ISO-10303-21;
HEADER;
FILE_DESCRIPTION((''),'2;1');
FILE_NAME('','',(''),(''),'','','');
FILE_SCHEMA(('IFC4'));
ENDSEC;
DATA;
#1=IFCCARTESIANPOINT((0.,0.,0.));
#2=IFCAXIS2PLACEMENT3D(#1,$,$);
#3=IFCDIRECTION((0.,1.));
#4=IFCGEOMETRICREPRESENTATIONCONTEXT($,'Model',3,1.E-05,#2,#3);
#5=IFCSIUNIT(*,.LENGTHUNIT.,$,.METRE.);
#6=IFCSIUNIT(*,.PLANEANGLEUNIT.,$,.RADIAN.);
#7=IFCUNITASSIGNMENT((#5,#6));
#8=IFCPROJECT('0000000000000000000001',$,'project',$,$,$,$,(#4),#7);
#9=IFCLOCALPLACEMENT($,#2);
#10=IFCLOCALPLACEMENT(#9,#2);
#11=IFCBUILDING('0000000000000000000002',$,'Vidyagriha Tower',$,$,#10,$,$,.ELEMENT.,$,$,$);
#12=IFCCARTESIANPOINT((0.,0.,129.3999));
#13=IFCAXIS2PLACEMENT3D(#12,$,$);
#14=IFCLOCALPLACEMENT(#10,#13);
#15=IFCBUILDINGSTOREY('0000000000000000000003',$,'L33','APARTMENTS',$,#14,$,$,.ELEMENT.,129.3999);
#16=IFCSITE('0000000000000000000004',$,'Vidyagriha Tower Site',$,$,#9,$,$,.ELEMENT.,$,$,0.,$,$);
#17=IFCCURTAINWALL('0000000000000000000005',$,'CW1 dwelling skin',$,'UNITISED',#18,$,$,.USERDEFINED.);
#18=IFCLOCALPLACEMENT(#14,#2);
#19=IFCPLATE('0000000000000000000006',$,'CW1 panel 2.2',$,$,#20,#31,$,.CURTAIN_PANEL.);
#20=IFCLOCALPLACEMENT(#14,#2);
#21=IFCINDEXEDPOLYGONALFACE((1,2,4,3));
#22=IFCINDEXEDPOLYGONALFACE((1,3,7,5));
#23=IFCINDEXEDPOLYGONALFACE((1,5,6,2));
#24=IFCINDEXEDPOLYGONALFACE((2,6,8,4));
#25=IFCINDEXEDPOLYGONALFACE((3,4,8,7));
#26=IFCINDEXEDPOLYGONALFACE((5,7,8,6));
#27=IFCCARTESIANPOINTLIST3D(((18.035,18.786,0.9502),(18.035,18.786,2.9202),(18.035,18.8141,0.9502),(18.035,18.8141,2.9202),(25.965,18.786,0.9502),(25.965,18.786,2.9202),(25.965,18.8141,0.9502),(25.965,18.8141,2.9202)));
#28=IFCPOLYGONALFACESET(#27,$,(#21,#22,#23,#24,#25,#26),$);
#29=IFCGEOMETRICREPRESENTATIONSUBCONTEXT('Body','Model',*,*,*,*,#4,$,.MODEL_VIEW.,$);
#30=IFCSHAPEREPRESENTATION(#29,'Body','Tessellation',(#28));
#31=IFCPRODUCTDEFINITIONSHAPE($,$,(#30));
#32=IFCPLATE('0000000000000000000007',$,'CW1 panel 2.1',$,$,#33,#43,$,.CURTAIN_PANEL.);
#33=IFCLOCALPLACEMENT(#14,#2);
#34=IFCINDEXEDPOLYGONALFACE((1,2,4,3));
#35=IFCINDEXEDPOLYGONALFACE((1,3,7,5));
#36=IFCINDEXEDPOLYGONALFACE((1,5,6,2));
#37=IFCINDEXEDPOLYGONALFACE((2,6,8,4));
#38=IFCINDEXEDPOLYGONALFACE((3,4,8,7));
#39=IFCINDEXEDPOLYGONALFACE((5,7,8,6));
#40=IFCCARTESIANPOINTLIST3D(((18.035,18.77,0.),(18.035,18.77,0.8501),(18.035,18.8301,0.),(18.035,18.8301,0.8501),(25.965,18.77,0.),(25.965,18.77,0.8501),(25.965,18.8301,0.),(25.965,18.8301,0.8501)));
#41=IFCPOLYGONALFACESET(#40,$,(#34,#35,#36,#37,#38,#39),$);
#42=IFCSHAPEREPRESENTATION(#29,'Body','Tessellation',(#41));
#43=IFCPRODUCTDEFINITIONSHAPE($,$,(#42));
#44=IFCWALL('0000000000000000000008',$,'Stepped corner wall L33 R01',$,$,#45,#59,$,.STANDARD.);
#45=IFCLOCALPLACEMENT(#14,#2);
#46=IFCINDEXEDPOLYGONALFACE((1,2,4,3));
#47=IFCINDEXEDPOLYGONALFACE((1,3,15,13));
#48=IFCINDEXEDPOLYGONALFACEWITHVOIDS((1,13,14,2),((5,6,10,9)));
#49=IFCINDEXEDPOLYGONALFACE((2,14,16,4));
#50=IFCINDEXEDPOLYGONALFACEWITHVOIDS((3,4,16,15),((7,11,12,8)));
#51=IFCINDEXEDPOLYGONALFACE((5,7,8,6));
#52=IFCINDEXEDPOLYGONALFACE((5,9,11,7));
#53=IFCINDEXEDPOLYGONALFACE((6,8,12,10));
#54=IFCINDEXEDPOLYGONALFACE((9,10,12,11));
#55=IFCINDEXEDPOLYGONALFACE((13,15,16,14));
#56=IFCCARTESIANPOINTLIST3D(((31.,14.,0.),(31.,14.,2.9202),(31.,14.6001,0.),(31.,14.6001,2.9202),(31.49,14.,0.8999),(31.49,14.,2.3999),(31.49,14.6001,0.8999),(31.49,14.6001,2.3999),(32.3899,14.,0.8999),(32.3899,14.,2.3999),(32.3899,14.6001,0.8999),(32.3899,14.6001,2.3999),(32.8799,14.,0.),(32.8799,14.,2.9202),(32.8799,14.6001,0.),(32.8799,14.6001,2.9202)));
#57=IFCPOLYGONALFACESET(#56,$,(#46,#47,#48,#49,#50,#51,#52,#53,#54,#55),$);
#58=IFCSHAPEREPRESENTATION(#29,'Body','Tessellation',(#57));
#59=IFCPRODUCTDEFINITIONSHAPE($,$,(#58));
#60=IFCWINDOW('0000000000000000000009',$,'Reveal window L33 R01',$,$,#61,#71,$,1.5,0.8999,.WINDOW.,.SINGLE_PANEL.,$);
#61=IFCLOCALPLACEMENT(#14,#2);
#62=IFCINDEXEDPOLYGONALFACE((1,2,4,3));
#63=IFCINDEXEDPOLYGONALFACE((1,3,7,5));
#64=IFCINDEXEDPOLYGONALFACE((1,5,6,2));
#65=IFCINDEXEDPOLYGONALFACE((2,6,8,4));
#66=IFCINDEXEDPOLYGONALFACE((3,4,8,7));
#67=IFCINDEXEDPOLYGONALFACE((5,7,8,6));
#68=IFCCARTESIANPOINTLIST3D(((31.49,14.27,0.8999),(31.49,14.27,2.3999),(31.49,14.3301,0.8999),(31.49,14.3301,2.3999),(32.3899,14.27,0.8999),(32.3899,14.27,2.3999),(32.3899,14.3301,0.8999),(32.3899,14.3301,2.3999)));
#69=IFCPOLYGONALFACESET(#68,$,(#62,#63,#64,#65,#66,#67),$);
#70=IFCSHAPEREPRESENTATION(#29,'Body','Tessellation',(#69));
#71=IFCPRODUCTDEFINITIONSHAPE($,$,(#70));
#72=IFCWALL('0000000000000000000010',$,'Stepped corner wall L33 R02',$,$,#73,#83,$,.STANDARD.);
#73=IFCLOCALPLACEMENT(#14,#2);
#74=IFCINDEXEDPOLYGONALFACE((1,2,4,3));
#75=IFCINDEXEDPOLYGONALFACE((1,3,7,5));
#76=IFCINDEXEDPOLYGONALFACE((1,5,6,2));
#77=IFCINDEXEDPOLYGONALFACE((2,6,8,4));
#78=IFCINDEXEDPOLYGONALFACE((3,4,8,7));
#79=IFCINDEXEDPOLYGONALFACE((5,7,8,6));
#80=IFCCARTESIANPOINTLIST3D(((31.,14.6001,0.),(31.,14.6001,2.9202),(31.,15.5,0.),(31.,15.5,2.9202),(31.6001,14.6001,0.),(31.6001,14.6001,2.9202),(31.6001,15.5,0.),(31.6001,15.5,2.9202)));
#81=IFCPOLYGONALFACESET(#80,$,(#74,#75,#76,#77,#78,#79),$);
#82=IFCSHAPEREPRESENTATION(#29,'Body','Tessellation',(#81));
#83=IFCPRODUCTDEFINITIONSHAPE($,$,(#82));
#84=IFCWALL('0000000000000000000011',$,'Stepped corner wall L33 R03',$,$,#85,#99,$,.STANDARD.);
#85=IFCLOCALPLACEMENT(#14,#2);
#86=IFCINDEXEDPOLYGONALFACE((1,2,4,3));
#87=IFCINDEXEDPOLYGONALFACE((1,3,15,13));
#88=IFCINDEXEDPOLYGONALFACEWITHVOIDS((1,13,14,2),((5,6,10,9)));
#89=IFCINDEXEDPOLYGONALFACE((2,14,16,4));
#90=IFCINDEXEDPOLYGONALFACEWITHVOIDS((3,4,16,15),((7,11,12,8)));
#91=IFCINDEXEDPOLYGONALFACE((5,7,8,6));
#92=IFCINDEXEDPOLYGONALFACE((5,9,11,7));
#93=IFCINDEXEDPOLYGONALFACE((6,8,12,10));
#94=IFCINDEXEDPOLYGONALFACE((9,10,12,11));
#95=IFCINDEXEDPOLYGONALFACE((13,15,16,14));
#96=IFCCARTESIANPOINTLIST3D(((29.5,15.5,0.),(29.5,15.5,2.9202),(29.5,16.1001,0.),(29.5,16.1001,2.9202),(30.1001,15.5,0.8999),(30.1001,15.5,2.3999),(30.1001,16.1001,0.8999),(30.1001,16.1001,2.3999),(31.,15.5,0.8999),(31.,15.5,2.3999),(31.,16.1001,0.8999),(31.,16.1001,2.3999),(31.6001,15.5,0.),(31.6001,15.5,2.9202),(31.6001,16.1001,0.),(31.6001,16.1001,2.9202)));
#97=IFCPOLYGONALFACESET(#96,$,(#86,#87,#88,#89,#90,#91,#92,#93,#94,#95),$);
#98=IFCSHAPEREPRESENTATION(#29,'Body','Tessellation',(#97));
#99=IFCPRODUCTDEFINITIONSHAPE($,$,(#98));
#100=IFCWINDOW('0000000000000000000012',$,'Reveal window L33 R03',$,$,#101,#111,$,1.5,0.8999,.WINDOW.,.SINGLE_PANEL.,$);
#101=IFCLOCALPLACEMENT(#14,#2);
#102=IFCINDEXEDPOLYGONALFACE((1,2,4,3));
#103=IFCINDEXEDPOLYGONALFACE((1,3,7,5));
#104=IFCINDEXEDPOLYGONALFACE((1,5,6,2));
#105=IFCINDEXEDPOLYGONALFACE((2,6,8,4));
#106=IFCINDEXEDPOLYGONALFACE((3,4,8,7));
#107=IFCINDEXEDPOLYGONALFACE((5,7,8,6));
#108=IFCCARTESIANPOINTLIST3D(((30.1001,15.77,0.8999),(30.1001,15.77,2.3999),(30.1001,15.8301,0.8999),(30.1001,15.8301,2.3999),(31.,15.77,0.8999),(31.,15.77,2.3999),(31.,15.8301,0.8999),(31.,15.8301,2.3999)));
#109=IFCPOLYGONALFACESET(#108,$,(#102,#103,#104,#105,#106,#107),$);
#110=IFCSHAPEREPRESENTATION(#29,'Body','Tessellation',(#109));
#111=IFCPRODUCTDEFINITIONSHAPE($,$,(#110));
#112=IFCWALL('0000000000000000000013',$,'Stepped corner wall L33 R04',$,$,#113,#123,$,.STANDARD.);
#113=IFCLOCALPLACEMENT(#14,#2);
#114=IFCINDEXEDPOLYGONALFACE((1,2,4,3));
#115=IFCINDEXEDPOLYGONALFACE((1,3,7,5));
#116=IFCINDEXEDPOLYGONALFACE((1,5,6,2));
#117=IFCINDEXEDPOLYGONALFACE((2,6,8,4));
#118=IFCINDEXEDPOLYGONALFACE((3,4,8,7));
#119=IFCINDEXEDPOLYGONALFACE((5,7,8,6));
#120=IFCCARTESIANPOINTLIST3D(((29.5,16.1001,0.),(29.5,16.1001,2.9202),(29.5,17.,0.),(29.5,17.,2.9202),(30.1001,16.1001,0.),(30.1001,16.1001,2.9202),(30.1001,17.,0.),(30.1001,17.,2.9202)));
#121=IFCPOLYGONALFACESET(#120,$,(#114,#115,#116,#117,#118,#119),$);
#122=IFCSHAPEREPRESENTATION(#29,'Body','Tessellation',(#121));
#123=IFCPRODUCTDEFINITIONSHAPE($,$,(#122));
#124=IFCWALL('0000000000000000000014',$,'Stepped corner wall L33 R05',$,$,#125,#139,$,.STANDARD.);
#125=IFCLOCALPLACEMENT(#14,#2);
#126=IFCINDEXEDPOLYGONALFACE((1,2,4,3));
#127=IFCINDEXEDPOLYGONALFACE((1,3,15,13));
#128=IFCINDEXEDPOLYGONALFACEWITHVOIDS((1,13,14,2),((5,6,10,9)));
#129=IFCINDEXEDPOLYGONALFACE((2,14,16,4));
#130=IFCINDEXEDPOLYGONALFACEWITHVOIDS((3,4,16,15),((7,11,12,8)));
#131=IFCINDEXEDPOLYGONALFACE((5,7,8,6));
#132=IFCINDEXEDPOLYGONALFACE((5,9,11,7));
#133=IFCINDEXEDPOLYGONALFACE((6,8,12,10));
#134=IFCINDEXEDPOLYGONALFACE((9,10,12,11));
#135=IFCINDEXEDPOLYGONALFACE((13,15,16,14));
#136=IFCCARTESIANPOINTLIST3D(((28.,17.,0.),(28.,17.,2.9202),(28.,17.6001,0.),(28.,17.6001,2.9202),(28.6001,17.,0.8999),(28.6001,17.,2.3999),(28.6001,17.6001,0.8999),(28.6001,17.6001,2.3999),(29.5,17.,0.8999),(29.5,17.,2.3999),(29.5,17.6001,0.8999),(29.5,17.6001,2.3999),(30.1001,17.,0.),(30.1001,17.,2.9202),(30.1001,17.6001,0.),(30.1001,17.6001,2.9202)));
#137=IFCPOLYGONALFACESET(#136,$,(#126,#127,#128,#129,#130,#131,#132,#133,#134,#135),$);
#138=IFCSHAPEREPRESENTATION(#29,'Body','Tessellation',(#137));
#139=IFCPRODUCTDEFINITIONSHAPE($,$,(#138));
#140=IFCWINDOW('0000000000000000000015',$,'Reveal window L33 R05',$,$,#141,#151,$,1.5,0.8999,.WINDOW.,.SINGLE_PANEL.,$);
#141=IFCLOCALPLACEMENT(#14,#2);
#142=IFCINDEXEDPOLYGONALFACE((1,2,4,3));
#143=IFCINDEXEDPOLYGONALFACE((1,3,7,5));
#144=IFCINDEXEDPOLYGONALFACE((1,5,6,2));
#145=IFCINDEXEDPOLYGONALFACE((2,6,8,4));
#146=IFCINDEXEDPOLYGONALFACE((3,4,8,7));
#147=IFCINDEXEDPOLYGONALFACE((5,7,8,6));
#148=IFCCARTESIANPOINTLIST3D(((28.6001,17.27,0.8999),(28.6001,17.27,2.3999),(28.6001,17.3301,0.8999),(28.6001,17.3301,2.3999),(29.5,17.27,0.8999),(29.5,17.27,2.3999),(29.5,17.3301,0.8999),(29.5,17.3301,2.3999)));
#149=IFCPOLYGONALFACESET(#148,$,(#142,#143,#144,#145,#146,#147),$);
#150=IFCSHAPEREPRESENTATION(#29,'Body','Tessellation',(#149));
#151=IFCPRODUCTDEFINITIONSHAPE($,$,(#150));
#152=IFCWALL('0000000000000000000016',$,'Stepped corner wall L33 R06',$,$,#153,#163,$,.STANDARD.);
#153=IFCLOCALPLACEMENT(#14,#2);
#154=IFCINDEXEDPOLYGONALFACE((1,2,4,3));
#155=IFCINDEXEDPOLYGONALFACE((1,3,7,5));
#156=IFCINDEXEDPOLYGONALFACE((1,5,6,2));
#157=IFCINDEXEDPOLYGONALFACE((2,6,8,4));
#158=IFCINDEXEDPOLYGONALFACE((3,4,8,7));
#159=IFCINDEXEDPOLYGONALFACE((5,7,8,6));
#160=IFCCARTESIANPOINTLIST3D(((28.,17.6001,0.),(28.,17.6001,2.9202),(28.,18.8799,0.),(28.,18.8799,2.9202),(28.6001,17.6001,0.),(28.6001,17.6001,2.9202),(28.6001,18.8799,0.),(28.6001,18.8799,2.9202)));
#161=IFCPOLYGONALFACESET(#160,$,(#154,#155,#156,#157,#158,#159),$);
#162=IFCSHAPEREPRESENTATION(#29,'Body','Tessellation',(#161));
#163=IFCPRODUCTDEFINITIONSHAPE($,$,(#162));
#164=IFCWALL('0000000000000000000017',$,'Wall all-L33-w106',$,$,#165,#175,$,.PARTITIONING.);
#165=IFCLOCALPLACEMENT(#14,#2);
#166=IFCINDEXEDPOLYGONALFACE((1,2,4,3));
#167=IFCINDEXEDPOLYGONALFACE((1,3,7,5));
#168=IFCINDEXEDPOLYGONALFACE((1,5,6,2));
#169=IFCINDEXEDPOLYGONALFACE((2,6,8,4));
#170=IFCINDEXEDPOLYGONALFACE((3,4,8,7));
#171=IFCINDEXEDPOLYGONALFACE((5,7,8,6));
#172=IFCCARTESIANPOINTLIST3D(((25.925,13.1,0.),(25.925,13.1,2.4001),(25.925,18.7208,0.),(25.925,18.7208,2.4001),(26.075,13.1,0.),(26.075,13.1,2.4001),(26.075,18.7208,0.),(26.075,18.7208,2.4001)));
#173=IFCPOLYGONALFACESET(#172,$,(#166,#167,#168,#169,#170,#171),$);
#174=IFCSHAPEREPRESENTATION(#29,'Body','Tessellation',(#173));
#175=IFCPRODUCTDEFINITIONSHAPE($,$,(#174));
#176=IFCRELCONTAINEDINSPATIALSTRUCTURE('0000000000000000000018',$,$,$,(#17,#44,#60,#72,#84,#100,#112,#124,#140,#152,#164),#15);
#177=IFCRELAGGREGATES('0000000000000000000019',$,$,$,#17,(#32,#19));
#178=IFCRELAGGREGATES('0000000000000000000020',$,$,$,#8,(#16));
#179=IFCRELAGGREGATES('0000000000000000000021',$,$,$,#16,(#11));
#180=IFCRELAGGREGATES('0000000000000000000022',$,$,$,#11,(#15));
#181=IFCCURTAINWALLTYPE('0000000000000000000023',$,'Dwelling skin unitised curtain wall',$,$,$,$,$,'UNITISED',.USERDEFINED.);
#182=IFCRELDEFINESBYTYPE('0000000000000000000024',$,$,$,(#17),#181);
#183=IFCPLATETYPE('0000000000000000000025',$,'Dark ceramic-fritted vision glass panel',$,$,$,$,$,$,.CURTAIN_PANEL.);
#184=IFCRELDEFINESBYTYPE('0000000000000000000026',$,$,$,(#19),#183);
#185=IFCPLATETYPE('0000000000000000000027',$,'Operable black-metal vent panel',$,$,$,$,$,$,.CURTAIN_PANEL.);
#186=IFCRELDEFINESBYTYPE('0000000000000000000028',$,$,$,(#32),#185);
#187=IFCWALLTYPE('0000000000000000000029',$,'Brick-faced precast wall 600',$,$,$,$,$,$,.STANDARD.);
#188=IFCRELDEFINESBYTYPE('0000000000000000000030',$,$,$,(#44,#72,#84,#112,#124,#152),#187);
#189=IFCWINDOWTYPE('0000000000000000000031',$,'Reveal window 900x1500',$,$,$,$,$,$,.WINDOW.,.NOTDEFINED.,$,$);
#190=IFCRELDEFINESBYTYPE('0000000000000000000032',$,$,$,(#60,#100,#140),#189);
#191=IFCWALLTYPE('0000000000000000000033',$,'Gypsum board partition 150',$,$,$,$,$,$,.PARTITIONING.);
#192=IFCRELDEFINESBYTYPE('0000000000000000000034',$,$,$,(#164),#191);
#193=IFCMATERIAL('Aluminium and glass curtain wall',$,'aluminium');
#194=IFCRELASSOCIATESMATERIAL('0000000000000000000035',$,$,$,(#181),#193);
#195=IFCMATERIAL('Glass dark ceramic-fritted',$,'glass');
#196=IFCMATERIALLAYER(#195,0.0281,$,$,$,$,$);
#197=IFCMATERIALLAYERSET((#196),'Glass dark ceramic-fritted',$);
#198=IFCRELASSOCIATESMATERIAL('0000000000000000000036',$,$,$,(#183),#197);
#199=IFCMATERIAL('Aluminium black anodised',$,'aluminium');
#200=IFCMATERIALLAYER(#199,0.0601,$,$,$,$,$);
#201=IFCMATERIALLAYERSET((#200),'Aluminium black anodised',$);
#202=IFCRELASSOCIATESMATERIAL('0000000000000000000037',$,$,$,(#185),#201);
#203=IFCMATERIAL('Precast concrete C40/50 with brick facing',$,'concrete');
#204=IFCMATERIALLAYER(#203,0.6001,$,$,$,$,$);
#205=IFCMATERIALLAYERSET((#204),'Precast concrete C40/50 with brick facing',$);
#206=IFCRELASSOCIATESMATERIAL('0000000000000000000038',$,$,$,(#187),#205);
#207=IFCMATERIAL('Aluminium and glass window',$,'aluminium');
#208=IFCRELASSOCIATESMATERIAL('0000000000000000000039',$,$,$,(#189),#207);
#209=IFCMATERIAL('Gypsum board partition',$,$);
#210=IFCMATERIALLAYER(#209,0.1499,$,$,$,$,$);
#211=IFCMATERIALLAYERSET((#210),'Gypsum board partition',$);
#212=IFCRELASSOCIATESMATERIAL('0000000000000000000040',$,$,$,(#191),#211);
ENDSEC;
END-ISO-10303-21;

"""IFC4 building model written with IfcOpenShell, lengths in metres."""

from ifc_helpers import new_model, si_unit, direction, frame, frame_2d, origin, origin_2d, place, context, subcontext, project, spatial, rectangle, extrude, material, layer, layer_set, type_object, element, fill, aggregate, save


model = new_model("IFC4")

# Units and contexts
model_context = context("Model", 3, precision=1e-05, world=origin(), true_north=direction((0.0, 1.0)))
body_context = subcontext(model_context, "Body", "Model", "MODEL_VIEW")
ifc_project = project(units=[si_unit("LENGTHUNIT", "METRE"), si_unit("PLANEANGLEUNIT", "RADIAN")], contexts=[model_context])

# Site, building, storey
site_placement = place(None, origin())
site = spatial("IfcSite", under=ifc_project, at=site_placement, Name="Vidyagriha Tower Site", CompositionType="ELEMENT", RefElevation=0.0)
building_placement = place(site_placement, origin())
building = spatial("IfcBuilding", under=site, at=building_placement, Name="Vidyagriha Tower", CompositionType="ELEMENT")
storey_placement = place(building_placement, frame((0.0, 0.0, 129.3999)))
storey = spatial("IfcBuildingStorey", under=building, at=storey_placement, Name="L33", Description="APARTMENTS", CompositionType="ELEMENT", Elevation=129.3999)

# Curtain wall, plates
ifc_material_1 = material(Name="Aluminium and glass curtain wall", Category="aluminium")
curtain_wall_type = type_object("IfcCurtainWallType", Name="Dwelling skin unitised curtain wall", ElementType="UNITISED", PredefinedType="USERDEFINED", material=ifc_material_1)
curtain_wall_placement = place(storey_placement, origin())
curtain_wall = element("IfcCurtainWall", 1, at=curtain_wall_placement, inside=storey, type_object=curtain_wall_type, Name="CW1 dwelling skin", ObjectType="UNITISED", PredefinedType="USERDEFINED")
ifc_material_2 = material(Name="Glass dark ceramic-fritted", Category="glass")
ifc_layer_1 = layer(ifc_material_2, 0.0281)
ifc_layer_set_1 = layer_set([ifc_layer_1], Name="Glass dark ceramic-fritted")
plate_type_1 = type_object("IfcPlateType", Name="Dark ceramic-fritted vision glass panel", PredefinedType="CURTAIN_PANEL", material=ifc_layer_set_1)
plate_1_placement = place(storey_placement, frame((22.0, 18.8, 0.9502), z_axis=(0.0, 0.0, 1.0), x_axis=(-1.0, 0.0, 0.0)))
plate_1 = element("IfcPlate", 2, at=plate_1_placement, type_object=plate_type_1, Name="CW1 panel 2.2", PredefinedType="CURTAIN_PANEL", context=body_context, shape_type="SweptSolid", body=[
    extrude(rectangle(XDim=7.9299, YDim=0.0281, at=origin_2d()), origin(), (0.0, 0.0, 1.0), 1.97),
])
ifc_material_3 = material(Name="Aluminium black anodised", Category="aluminium")
ifc_layer_2 = layer(ifc_material_3, 0.0601)
ifc_layer_set_2 = layer_set([ifc_layer_2], Name="Aluminium black anodised")
plate_type_2 = type_object("IfcPlateType", Name="Operable black-metal vent panel", PredefinedType="CURTAIN_PANEL", material=ifc_layer_set_2)
plate_2_placement = place(storey_placement, frame((22.0, 18.8, 0.0), z_axis=(0.0, 0.0, 1.0), x_axis=(-1.0, 0.0, 0.0)))
plate_2 = element("IfcPlate", 3, at=plate_2_placement, type_object=plate_type_2, Name="CW1 panel 2.1", PredefinedType="CURTAIN_PANEL", context=body_context, shape_type="SweptSolid", body=[
    extrude(rectangle(XDim=7.9299, YDim=0.0601, at=origin_2d()), origin(), (0.0, 0.0, 1.0), 0.8501),
])
aggregate(curtain_wall, [plate_2, plate_1])

# Wall, opening, window
ifc_material_4 = material(Name="Precast concrete C40/50 with brick facing", Category="concrete")
ifc_layer_3 = layer(ifc_material_4, 0.6001)
ifc_layer_set_3 = layer_set([ifc_layer_3], Name="Precast concrete C40/50 with brick facing")
wall_type_1 = type_object("IfcWallType", Name="Brick-faced precast wall 600", PredefinedType="STANDARD", material=ifc_layer_set_3)
wall_1_placement = place(storey_placement, frame((32.8799, 14.3, 0.0), z_axis=(0.0, 0.0, 1.0), x_axis=(-1.0, 0.0, 0.0)))
wall_1 = element("IfcWall", 4, at=wall_1_placement, inside=storey, type_object=wall_type_1, Name="Stepped corner wall L33 R01", PredefinedType="STANDARD", context=body_context, shape_type="SweptSolid", body=[
    extrude(rectangle(XDim=1.8799, YDim=0.6001, at=frame_2d((0.9399, 0.0))), origin(), (0.0, 0.0, 1.0), 2.9202),
])
opening_1_placement = place(wall_1_placement, frame((0.49, 0.0, 0.8999)))
opening_1 = element("IfcOpeningElement", 5, at=opening_1_placement, cuts=wall_1, PredefinedType="OPENING", context=body_context, shape_type="SweptSolid", body=[
    extrude(rectangle(XDim=0.8999, YDim=1.5, at=frame_2d((0.45, 0.75))), frame((0.0, 0.3101, 0.0), z_axis=(0.0, -1.0, 0.0), x_axis=(1.0, 0.0, 0.0)), (0.0, 0.0, 1.0), 0.6201),
])
ifc_material_5 = material(Name="Aluminium and glass window", Category="aluminium")
window_type = type_object("IfcWindowType", Name="Reveal window 900x1500", PartitioningType="NOTDEFINED", PredefinedType="WINDOW", material=ifc_material_5)
window_1_placement = place(opening_1_placement, origin())
window_1 = element("IfcWindow", 6, at=window_1_placement, inside=storey, type_object=window_type, Name="Reveal window L33 R01", OverallHeight=1.5, OverallWidth=0.8999, PartitioningType="SINGLE_PANEL", PredefinedType="WINDOW", context=body_context, shape_type="SweptSolid", body=[
    extrude(rectangle(XDim=0.8999, YDim=1.5, at=frame_2d((0.45, 0.75))), frame((0.0, 0.03, 0.0), z_axis=(0.0, -1.0, 0.0), x_axis=(1.0, 0.0, 0.0)), (0.0, 0.0, 1.0), 0.0601),
])
fill(opening_1, window_1)

# Wall
wall_2_placement = place(storey_placement, frame((31.3, 14.6001, 0.0), z_axis=(0.0, 0.0, 1.0), x_axis=(0.0, 1.0, 0.0)))
element("IfcWall", 7, at=wall_2_placement, inside=storey, type_object=wall_type_1, Name="Stepped corner wall L33 R02", PredefinedType="STANDARD", context=body_context, shape_type="SweptSolid", body=[
    extrude(rectangle(XDim=0.8999, YDim=0.6001, at=frame_2d((0.45, 0.0))), origin(), (0.0, 0.0, 1.0), 2.9202),
])

# Wall, opening, window
wall_3_placement = place(storey_placement, frame((31.6001, 15.8, 0.0), z_axis=(0.0, 0.0, 1.0), x_axis=(-1.0, 0.0, 0.0)))
wall_3 = element("IfcWall", 8, at=wall_3_placement, inside=storey, type_object=wall_type_1, Name="Stepped corner wall L33 R03", PredefinedType="STANDARD", context=body_context, shape_type="SweptSolid", body=[
    extrude(rectangle(XDim=2.1001, YDim=0.6001, at=frame_2d((1.05, 0.0))), origin(), (0.0, 0.0, 1.0), 2.9202),
])
opening_2_placement = place(wall_3_placement, frame((0.6001, 0.0, 0.8999)))
opening_2 = element("IfcOpeningElement", 9, at=opening_2_placement, cuts=wall_3, PredefinedType="OPENING", context=body_context, shape_type="SweptSolid", body=[
    extrude(rectangle(XDim=0.8999, YDim=1.5, at=frame_2d((0.45, 0.75))), frame((0.0, 0.3101, 0.0), z_axis=(0.0, -1.0, 0.0), x_axis=(1.0, 0.0, 0.0)), (0.0, 0.0, 1.0), 0.6201),
])
window_2_placement = place(opening_2_placement, origin())
window_2 = element("IfcWindow", 10, at=window_2_placement, inside=storey, type_object=window_type, Name="Reveal window L33 R03", OverallHeight=1.5, OverallWidth=0.8999, PartitioningType="SINGLE_PANEL", PredefinedType="WINDOW", context=body_context, shape_type="SweptSolid", body=[
    extrude(rectangle(XDim=0.8999, YDim=1.5, at=frame_2d((0.45, 0.75))), frame((0.0, 0.03, 0.0), z_axis=(0.0, -1.0, 0.0), x_axis=(1.0, 0.0, 0.0)), (0.0, 0.0, 1.0), 0.0601),
])
fill(opening_2, window_2)

# Wall
wall_4_placement = place(storey_placement, frame((29.8, 16.1001, 0.0), z_axis=(0.0, 0.0, 1.0), x_axis=(0.0, 1.0, 0.0)))
element("IfcWall", 11, at=wall_4_placement, inside=storey, type_object=wall_type_1, Name="Stepped corner wall L33 R04", PredefinedType="STANDARD", context=body_context, shape_type="SweptSolid", body=[
    extrude(rectangle(XDim=0.8999, YDim=0.6001, at=frame_2d((0.45, 0.0))), origin(), (0.0, 0.0, 1.0), 2.9202),
])

# Wall, opening, window
wall_5_placement = place(storey_placement, frame((30.1001, 17.3, 0.0), z_axis=(0.0, 0.0, 1.0), x_axis=(-1.0, 0.0, 0.0)))
wall_5 = element("IfcWall", 12, at=wall_5_placement, inside=storey, type_object=wall_type_1, Name="Stepped corner wall L33 R05", PredefinedType="STANDARD", context=body_context, shape_type="SweptSolid", body=[
    extrude(rectangle(XDim=2.1001, YDim=0.6001, at=frame_2d((1.05, 0.0))), origin(), (0.0, 0.0, 1.0), 2.9202),
])
opening_3_placement = place(wall_5_placement, frame((0.6001, 0.0, 0.8999)))
opening_3 = element("IfcOpeningElement", 13, at=opening_3_placement, cuts=wall_5, PredefinedType="OPENING", context=body_context, shape_type="SweptSolid", body=[
    extrude(rectangle(XDim=0.8999, YDim=1.5, at=frame_2d((0.45, 0.75))), frame((0.0, 0.3101, 0.0), z_axis=(0.0, -1.0, 0.0), x_axis=(1.0, 0.0, 0.0)), (0.0, 0.0, 1.0), 0.6201),
])
window_3_placement = place(opening_3_placement, origin())
window_3 = element("IfcWindow", 14, at=window_3_placement, inside=storey, type_object=window_type, Name="Reveal window L33 R05", OverallHeight=1.5, OverallWidth=0.8999, PartitioningType="SINGLE_PANEL", PredefinedType="WINDOW", context=body_context, shape_type="SweptSolid", body=[
    extrude(rectangle(XDim=0.8999, YDim=1.5, at=frame_2d((0.45, 0.75))), frame((0.0, 0.03, 0.0), z_axis=(0.0, -1.0, 0.0), x_axis=(1.0, 0.0, 0.0)), (0.0, 0.0, 1.0), 0.0601),
])
fill(opening_3, window_3)

# Walls
wall_6_placement = place(storey_placement, frame((28.3, 17.6001, 0.0), z_axis=(0.0, 0.0, 1.0), x_axis=(0.0, 1.0, 0.0)))
element("IfcWall", 15, at=wall_6_placement, inside=storey, type_object=wall_type_1, Name="Stepped corner wall L33 R06", PredefinedType="STANDARD", context=body_context, shape_type="SweptSolid", body=[
    extrude(rectangle(XDim=1.2798, YDim=0.6001, at=frame_2d((0.6399, 0.0))), origin(), (0.0, 0.0, 1.0), 2.9202),
])
ifc_material_6 = material(Name="Gypsum board partition")
ifc_layer_4 = layer(ifc_material_6, 0.1499)
ifc_layer_set_4 = layer_set([ifc_layer_4], Name="Gypsum board partition")
wall_type_2 = type_object("IfcWallType", Name="Gypsum board partition 150", PredefinedType="PARTITIONING", material=ifc_layer_set_4)
wall_7_placement = place(storey_placement, frame((26.0, 18.7209, 0.0), z_axis=(0.0, 0.0, 1.0), x_axis=(0.0, -1.0, 0.0)))
element("IfcWall", 16, at=wall_7_placement, inside=storey, type_object=wall_type_2, Name="Wall all-L33-w106", PredefinedType="PARTITIONING", context=body_context, shape_type="SweptSolid", body=[
    extrude(rectangle(XDim=5.6208, YDim=0.1499, at=frame_2d((2.8105, 0.0))), origin(), (0.0, 0.0, 1.0), 2.4001),
])

save(model, "model.ifc")
